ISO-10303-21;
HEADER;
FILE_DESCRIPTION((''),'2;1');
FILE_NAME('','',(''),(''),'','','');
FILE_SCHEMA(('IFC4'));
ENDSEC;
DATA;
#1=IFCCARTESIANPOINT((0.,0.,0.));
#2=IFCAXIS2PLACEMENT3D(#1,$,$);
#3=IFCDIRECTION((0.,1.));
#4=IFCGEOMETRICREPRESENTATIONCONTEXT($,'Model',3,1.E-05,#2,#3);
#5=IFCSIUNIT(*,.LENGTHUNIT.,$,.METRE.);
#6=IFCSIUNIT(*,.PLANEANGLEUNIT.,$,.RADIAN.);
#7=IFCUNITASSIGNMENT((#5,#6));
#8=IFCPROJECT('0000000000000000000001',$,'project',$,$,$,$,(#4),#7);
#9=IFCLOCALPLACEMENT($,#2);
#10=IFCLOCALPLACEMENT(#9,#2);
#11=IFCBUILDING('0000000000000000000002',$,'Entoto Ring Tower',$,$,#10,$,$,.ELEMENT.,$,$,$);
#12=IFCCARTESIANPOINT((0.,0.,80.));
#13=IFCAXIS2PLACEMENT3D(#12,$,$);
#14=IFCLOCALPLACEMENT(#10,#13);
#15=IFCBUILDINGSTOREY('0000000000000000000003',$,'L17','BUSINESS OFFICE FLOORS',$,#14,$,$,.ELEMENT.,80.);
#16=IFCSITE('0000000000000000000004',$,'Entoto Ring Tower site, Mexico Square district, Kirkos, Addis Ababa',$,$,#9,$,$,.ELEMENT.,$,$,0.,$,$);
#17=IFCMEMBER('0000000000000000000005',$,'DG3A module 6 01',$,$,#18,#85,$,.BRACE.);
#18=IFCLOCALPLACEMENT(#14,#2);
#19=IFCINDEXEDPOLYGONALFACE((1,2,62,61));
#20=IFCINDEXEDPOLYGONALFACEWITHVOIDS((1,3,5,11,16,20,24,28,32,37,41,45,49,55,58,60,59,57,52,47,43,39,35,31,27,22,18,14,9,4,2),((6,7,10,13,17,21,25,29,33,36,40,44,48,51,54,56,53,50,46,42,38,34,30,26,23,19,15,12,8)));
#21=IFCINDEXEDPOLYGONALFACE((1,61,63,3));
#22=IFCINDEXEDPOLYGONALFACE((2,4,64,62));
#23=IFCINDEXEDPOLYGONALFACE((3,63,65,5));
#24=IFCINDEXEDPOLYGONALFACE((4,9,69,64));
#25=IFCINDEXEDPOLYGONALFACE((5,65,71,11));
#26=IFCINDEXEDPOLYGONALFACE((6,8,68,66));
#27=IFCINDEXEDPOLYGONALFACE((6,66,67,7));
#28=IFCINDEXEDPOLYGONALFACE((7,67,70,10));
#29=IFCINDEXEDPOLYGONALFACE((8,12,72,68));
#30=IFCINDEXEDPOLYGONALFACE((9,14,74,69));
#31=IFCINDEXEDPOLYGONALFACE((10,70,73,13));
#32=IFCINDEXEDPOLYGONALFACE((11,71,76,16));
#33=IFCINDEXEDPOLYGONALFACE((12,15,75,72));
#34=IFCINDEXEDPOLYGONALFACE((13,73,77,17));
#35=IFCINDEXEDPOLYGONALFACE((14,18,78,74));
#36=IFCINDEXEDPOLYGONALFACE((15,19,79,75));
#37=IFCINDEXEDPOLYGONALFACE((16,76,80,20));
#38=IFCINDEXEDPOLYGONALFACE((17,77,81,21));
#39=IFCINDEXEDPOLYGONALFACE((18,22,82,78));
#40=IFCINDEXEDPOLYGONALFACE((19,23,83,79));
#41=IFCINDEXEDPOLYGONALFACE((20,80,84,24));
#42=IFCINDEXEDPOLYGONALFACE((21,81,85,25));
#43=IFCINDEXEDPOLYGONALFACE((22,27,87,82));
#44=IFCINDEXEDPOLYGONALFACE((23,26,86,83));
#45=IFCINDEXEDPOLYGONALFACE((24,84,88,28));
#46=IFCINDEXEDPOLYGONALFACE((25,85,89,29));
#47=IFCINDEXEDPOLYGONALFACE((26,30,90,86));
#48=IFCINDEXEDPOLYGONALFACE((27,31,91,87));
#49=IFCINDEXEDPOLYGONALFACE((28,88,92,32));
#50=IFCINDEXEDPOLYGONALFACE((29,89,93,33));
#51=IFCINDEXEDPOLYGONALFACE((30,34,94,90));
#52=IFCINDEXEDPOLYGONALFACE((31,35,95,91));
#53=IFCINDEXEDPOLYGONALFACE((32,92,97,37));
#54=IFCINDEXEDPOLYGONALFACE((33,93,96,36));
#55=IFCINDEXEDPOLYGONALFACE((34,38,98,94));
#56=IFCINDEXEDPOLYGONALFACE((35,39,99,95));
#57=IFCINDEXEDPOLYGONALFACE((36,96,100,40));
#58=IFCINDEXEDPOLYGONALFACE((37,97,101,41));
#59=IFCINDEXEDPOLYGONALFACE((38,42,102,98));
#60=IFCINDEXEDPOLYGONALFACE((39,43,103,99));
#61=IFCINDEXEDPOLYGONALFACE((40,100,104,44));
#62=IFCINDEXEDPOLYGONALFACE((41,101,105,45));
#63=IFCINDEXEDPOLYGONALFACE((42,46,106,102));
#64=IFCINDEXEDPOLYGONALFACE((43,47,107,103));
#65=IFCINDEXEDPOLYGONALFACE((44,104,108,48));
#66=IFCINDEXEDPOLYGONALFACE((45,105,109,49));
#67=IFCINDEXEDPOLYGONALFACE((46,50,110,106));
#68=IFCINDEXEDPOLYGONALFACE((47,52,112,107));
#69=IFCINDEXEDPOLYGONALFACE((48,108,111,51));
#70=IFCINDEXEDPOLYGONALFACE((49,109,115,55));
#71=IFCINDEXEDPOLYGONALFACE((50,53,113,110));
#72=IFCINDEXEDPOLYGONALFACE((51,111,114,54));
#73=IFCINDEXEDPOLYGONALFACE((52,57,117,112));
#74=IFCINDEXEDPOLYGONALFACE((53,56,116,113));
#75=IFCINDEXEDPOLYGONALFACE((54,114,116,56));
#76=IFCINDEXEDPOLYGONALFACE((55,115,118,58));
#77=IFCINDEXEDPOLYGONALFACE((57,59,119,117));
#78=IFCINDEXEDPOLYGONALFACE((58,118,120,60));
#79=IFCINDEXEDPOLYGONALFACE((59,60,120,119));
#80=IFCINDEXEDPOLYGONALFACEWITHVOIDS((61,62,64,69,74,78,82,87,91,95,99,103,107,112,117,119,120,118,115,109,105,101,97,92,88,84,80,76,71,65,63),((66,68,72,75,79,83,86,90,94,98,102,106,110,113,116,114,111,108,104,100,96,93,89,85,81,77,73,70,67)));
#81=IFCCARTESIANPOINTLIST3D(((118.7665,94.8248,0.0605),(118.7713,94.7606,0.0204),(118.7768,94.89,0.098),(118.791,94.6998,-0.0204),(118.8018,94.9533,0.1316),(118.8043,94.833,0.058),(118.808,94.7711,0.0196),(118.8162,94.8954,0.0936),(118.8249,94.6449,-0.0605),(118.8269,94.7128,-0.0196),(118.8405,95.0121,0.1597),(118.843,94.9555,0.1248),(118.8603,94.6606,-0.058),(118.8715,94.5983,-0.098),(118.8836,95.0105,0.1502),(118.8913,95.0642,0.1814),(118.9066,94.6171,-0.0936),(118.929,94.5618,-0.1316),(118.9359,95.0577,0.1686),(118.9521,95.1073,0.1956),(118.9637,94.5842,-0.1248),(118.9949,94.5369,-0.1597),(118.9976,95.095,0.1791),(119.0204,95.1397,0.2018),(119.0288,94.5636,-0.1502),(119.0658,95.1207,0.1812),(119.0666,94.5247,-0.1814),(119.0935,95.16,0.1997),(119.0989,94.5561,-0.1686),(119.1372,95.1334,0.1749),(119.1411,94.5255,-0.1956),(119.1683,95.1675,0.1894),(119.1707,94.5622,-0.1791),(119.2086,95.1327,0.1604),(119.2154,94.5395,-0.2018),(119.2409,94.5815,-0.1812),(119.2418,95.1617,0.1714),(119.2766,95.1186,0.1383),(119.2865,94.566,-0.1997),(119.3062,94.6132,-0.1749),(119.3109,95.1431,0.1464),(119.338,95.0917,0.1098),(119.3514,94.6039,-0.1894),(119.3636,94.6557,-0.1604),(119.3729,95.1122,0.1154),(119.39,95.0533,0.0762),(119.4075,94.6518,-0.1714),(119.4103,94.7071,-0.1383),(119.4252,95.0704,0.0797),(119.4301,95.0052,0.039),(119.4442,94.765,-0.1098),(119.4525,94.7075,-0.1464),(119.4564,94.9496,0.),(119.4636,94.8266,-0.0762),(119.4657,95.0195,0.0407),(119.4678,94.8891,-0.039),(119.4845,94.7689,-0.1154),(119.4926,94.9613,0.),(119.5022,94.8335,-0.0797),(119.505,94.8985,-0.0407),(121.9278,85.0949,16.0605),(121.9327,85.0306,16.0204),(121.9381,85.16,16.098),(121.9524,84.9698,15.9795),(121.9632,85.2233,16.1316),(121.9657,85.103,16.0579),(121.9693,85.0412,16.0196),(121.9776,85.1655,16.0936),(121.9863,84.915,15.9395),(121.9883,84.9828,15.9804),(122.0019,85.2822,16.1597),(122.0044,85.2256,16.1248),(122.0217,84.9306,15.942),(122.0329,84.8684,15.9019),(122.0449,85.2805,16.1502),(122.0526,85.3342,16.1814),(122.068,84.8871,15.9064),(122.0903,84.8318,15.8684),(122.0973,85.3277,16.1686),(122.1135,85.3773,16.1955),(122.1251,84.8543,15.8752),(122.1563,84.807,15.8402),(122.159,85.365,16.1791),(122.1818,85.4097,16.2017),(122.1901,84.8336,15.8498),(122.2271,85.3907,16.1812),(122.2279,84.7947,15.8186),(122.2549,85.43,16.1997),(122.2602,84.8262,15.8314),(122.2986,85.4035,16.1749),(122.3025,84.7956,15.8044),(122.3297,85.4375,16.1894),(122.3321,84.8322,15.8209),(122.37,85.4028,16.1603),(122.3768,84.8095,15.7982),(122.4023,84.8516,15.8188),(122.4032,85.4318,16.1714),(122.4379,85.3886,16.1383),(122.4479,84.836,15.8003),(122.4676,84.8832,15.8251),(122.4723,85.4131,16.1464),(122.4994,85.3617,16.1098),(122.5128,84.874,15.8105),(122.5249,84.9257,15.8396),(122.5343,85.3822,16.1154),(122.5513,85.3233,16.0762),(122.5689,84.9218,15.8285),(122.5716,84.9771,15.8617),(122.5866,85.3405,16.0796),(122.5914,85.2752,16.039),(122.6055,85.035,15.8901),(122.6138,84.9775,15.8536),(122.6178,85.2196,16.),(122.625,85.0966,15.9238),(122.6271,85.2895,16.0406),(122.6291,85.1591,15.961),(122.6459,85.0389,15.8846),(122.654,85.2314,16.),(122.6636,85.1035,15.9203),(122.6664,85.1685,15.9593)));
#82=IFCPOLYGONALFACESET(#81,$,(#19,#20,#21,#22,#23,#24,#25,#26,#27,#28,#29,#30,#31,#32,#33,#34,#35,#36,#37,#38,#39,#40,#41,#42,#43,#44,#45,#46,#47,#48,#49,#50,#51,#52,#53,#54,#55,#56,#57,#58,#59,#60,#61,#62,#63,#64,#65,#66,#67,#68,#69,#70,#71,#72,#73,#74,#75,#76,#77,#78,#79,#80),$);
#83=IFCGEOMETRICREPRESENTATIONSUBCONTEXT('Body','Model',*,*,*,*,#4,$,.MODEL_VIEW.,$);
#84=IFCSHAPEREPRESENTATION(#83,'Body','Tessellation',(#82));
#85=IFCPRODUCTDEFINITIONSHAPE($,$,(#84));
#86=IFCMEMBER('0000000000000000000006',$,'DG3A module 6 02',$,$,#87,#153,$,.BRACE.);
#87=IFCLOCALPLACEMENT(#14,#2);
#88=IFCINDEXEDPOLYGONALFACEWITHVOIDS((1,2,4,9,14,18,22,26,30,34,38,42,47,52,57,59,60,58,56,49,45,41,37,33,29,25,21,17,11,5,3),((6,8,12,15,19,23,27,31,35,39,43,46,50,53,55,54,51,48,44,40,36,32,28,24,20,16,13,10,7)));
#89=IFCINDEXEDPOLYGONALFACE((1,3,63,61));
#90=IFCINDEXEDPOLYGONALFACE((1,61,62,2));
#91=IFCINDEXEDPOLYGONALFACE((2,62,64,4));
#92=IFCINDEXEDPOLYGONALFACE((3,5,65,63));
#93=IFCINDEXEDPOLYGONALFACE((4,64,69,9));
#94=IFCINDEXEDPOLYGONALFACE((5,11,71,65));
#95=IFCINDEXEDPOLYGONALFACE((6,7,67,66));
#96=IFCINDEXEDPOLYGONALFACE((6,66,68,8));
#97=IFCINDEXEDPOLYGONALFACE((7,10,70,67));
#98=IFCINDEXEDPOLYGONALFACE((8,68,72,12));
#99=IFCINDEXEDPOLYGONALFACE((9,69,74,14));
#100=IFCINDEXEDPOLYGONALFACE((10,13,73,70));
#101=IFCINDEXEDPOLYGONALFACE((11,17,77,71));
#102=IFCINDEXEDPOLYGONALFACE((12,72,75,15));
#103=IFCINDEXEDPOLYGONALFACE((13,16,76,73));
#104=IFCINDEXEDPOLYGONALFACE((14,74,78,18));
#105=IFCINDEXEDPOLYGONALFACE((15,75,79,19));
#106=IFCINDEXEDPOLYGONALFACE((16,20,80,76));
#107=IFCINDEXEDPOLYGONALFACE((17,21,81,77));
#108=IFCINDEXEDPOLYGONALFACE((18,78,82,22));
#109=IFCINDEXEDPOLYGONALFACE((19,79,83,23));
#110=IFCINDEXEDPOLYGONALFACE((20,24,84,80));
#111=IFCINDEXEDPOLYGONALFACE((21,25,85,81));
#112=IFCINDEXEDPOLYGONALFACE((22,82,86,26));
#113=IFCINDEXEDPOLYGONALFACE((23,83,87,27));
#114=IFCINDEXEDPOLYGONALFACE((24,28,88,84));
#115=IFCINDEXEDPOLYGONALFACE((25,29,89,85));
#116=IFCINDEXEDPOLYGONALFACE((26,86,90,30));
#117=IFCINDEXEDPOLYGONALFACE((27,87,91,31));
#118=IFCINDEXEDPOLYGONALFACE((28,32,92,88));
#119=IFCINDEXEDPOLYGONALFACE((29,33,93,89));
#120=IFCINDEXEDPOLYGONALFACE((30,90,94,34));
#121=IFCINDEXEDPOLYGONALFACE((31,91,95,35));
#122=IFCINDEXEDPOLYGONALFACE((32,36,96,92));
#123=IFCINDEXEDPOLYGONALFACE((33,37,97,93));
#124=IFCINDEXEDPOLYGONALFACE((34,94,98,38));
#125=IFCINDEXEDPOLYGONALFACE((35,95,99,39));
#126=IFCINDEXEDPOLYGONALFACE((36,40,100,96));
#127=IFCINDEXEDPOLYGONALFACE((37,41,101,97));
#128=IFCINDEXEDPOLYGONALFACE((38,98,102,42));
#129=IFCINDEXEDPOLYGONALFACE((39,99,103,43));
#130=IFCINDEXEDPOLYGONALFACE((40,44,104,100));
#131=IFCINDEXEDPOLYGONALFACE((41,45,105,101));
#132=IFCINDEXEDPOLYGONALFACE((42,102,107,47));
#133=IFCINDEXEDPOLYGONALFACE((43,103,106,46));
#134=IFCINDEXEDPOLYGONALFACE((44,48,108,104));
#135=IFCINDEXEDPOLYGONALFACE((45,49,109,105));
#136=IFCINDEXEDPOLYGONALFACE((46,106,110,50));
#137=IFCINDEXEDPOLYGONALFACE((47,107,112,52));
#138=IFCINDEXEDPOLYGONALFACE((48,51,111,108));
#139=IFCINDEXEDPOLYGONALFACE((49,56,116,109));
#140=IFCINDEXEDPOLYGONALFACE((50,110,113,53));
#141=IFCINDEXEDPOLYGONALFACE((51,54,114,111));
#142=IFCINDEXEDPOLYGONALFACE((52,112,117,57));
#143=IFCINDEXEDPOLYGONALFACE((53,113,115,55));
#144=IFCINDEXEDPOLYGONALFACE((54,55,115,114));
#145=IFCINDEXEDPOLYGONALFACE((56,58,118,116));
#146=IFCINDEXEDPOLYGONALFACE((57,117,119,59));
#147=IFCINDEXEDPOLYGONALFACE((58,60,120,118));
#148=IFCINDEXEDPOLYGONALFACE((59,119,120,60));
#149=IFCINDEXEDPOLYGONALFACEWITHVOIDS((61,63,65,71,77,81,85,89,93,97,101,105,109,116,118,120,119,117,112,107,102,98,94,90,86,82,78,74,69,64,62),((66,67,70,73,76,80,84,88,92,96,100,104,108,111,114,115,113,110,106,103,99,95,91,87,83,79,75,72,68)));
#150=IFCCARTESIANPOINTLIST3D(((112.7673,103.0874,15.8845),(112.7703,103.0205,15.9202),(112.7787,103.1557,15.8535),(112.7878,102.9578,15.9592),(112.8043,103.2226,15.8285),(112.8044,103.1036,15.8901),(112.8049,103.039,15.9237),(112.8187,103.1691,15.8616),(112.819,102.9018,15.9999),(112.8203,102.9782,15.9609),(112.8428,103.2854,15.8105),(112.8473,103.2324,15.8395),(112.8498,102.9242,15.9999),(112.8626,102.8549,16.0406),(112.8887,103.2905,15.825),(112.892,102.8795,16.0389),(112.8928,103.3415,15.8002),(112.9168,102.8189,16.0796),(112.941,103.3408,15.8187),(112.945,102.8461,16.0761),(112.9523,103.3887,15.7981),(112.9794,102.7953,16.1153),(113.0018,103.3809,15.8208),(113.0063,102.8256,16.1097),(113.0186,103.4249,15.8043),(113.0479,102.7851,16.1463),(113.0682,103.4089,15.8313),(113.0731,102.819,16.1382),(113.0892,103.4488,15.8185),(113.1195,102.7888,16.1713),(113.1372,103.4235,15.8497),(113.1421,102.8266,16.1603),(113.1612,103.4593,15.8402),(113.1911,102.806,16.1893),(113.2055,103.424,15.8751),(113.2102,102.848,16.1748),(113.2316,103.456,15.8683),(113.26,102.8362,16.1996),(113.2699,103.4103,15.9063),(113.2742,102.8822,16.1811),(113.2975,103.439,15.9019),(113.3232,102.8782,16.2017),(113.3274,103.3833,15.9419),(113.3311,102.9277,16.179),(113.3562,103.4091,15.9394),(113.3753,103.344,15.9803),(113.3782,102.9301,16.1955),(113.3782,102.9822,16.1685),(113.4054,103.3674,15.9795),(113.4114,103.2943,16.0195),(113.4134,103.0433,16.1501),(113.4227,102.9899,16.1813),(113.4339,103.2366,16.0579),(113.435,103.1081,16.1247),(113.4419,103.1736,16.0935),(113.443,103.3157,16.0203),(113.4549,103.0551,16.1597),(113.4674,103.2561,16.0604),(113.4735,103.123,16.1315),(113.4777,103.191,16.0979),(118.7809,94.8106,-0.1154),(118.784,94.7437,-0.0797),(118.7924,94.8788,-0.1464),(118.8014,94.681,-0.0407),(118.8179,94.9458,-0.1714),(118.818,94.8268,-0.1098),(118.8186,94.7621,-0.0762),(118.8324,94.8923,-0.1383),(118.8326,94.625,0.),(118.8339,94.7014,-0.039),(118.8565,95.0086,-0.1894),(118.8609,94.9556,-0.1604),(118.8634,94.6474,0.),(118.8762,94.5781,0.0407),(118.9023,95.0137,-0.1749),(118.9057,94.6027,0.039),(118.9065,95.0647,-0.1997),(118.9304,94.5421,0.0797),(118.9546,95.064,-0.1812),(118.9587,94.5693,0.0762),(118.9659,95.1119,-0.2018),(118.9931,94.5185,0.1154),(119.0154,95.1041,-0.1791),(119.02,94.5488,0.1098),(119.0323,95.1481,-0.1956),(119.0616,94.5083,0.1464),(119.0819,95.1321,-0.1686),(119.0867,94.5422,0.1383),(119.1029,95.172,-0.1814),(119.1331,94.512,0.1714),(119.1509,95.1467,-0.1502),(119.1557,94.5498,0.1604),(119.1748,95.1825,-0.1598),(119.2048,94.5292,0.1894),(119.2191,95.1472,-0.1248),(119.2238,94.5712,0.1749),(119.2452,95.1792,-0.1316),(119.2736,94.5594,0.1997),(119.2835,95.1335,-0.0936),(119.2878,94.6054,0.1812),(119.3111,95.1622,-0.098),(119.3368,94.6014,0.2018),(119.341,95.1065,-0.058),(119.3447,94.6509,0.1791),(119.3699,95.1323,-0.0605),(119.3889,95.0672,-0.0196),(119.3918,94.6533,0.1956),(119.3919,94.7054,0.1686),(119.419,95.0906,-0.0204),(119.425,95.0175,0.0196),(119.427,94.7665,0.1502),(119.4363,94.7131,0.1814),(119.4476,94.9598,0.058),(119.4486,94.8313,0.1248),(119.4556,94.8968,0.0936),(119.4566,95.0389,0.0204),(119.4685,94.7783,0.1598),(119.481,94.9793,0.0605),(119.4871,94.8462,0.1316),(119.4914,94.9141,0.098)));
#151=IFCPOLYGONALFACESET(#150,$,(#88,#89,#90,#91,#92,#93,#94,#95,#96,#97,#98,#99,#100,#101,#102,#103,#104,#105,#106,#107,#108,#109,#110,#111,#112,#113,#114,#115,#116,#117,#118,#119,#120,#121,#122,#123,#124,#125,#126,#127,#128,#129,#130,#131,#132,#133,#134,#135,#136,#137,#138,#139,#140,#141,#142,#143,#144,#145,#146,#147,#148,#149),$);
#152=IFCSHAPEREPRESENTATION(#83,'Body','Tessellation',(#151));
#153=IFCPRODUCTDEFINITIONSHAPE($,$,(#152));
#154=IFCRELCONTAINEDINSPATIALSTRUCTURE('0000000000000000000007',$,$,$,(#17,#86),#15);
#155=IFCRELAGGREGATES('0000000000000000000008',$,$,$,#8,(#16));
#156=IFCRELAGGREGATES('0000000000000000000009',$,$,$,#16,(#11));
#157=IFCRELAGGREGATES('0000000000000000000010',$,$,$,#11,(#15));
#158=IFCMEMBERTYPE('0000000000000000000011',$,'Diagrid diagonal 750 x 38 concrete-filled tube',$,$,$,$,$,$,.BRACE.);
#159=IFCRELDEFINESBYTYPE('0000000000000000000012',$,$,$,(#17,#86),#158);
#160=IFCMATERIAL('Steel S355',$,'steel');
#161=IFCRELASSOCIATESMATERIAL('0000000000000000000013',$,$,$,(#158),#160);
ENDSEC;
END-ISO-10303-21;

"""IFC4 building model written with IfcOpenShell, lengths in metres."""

from ifc_helpers import new_model, si_unit, direction, frame, origin, origin_2d, place, context, subcontext, project, spatial, circle, hollow_circle, extrude, material, material_profile, profile_set, type_object, element, save


model = new_model("IFC4")

# Units and contexts
model_context = context("Model", 3, precision=1e-05, world=origin(), true_north=direction((0.0, 1.0)))
body_context = subcontext(model_context, "Body", "Model", "MODEL_VIEW")
ifc_project = project(units=[si_unit("LENGTHUNIT", "METRE"), si_unit("PLANEANGLEUNIT", "RADIAN")], contexts=[model_context])

# Site, building, storey
site_placement = place(None, origin())
site = spatial("IfcSite", under=ifc_project, at=site_placement, Name="Entoto Ring Tower site, Mexico Square district, Kirkos, Addis Ababa", CompositionType="ELEMENT", RefElevation=0.0)
building_placement = place(site_placement, origin())
building = spatial("IfcBuilding", under=site, at=building_placement, Name="Entoto Ring Tower", CompositionType="ELEMENT")
storey_placement = place(building_placement, frame((0.0, 0.0, 80.0)))
storey = spatial("IfcBuildingStorey", under=building, at=storey_placement, Name="L17", Description="BUSINESS OFFICE FLOORS", CompositionType="ELEMENT", Elevation=80.0)

# Members
ifc_material_1 = material(Name="Steel S355", Category="steel")
ifc_material_profile_1 = material_profile(ifc_material_1, hollow_circle(Radius=0.375, WallThickness=0.0381, at=origin_2d()), Name="CHS 750 x 38")
ifc_material_2 = material(Name="Concrete C60/75", Category="concrete")
ifc_material_profile_2 = material_profile(ifc_material_2, circle(Radius=0.3369, at=origin_2d()), Name="Concrete C60/75 infill")
ifc_profile_set_1 = profile_set([ifc_material_profile_1, ifc_material_profile_2], Name="Steel S355")
member_type_1 = type_object("IfcMemberType", Name="Diagrid diagonal 750 x 38 concrete-filled tube", PredefinedType="BRACE", material=ifc_profile_set_1)
for number, where, z_axis, x_axis, name in (
    (1, (119.136, 94.8455, 0.0), (0.166465, -0.512341, 0.842494), (0.951059, 0.309009, 0.0), "DG3A module 6 01"),
    (2, (119.136, 94.8455, 0.0), (-0.316654, 0.435823, 0.84249), (-0.809008, -0.587797, 0.0), "DG3A module 6 02"),
):
    element("IfcMember", number, at=place(storey_placement, frame(where, z_axis=z_axis, x_axis=x_axis)), inside=storey, type_object=member_type_1, Name=name, PredefinedType="BRACE", context=body_context, shape_type="SweptSolid", body=[
        extrude(hollow_circle(Radius=0.375, WallThickness=0.0381, at=origin_2d()), origin(), (0.0, 0.0, 1.0), 18.9912),
    ])

save(model, "model.ifc")
